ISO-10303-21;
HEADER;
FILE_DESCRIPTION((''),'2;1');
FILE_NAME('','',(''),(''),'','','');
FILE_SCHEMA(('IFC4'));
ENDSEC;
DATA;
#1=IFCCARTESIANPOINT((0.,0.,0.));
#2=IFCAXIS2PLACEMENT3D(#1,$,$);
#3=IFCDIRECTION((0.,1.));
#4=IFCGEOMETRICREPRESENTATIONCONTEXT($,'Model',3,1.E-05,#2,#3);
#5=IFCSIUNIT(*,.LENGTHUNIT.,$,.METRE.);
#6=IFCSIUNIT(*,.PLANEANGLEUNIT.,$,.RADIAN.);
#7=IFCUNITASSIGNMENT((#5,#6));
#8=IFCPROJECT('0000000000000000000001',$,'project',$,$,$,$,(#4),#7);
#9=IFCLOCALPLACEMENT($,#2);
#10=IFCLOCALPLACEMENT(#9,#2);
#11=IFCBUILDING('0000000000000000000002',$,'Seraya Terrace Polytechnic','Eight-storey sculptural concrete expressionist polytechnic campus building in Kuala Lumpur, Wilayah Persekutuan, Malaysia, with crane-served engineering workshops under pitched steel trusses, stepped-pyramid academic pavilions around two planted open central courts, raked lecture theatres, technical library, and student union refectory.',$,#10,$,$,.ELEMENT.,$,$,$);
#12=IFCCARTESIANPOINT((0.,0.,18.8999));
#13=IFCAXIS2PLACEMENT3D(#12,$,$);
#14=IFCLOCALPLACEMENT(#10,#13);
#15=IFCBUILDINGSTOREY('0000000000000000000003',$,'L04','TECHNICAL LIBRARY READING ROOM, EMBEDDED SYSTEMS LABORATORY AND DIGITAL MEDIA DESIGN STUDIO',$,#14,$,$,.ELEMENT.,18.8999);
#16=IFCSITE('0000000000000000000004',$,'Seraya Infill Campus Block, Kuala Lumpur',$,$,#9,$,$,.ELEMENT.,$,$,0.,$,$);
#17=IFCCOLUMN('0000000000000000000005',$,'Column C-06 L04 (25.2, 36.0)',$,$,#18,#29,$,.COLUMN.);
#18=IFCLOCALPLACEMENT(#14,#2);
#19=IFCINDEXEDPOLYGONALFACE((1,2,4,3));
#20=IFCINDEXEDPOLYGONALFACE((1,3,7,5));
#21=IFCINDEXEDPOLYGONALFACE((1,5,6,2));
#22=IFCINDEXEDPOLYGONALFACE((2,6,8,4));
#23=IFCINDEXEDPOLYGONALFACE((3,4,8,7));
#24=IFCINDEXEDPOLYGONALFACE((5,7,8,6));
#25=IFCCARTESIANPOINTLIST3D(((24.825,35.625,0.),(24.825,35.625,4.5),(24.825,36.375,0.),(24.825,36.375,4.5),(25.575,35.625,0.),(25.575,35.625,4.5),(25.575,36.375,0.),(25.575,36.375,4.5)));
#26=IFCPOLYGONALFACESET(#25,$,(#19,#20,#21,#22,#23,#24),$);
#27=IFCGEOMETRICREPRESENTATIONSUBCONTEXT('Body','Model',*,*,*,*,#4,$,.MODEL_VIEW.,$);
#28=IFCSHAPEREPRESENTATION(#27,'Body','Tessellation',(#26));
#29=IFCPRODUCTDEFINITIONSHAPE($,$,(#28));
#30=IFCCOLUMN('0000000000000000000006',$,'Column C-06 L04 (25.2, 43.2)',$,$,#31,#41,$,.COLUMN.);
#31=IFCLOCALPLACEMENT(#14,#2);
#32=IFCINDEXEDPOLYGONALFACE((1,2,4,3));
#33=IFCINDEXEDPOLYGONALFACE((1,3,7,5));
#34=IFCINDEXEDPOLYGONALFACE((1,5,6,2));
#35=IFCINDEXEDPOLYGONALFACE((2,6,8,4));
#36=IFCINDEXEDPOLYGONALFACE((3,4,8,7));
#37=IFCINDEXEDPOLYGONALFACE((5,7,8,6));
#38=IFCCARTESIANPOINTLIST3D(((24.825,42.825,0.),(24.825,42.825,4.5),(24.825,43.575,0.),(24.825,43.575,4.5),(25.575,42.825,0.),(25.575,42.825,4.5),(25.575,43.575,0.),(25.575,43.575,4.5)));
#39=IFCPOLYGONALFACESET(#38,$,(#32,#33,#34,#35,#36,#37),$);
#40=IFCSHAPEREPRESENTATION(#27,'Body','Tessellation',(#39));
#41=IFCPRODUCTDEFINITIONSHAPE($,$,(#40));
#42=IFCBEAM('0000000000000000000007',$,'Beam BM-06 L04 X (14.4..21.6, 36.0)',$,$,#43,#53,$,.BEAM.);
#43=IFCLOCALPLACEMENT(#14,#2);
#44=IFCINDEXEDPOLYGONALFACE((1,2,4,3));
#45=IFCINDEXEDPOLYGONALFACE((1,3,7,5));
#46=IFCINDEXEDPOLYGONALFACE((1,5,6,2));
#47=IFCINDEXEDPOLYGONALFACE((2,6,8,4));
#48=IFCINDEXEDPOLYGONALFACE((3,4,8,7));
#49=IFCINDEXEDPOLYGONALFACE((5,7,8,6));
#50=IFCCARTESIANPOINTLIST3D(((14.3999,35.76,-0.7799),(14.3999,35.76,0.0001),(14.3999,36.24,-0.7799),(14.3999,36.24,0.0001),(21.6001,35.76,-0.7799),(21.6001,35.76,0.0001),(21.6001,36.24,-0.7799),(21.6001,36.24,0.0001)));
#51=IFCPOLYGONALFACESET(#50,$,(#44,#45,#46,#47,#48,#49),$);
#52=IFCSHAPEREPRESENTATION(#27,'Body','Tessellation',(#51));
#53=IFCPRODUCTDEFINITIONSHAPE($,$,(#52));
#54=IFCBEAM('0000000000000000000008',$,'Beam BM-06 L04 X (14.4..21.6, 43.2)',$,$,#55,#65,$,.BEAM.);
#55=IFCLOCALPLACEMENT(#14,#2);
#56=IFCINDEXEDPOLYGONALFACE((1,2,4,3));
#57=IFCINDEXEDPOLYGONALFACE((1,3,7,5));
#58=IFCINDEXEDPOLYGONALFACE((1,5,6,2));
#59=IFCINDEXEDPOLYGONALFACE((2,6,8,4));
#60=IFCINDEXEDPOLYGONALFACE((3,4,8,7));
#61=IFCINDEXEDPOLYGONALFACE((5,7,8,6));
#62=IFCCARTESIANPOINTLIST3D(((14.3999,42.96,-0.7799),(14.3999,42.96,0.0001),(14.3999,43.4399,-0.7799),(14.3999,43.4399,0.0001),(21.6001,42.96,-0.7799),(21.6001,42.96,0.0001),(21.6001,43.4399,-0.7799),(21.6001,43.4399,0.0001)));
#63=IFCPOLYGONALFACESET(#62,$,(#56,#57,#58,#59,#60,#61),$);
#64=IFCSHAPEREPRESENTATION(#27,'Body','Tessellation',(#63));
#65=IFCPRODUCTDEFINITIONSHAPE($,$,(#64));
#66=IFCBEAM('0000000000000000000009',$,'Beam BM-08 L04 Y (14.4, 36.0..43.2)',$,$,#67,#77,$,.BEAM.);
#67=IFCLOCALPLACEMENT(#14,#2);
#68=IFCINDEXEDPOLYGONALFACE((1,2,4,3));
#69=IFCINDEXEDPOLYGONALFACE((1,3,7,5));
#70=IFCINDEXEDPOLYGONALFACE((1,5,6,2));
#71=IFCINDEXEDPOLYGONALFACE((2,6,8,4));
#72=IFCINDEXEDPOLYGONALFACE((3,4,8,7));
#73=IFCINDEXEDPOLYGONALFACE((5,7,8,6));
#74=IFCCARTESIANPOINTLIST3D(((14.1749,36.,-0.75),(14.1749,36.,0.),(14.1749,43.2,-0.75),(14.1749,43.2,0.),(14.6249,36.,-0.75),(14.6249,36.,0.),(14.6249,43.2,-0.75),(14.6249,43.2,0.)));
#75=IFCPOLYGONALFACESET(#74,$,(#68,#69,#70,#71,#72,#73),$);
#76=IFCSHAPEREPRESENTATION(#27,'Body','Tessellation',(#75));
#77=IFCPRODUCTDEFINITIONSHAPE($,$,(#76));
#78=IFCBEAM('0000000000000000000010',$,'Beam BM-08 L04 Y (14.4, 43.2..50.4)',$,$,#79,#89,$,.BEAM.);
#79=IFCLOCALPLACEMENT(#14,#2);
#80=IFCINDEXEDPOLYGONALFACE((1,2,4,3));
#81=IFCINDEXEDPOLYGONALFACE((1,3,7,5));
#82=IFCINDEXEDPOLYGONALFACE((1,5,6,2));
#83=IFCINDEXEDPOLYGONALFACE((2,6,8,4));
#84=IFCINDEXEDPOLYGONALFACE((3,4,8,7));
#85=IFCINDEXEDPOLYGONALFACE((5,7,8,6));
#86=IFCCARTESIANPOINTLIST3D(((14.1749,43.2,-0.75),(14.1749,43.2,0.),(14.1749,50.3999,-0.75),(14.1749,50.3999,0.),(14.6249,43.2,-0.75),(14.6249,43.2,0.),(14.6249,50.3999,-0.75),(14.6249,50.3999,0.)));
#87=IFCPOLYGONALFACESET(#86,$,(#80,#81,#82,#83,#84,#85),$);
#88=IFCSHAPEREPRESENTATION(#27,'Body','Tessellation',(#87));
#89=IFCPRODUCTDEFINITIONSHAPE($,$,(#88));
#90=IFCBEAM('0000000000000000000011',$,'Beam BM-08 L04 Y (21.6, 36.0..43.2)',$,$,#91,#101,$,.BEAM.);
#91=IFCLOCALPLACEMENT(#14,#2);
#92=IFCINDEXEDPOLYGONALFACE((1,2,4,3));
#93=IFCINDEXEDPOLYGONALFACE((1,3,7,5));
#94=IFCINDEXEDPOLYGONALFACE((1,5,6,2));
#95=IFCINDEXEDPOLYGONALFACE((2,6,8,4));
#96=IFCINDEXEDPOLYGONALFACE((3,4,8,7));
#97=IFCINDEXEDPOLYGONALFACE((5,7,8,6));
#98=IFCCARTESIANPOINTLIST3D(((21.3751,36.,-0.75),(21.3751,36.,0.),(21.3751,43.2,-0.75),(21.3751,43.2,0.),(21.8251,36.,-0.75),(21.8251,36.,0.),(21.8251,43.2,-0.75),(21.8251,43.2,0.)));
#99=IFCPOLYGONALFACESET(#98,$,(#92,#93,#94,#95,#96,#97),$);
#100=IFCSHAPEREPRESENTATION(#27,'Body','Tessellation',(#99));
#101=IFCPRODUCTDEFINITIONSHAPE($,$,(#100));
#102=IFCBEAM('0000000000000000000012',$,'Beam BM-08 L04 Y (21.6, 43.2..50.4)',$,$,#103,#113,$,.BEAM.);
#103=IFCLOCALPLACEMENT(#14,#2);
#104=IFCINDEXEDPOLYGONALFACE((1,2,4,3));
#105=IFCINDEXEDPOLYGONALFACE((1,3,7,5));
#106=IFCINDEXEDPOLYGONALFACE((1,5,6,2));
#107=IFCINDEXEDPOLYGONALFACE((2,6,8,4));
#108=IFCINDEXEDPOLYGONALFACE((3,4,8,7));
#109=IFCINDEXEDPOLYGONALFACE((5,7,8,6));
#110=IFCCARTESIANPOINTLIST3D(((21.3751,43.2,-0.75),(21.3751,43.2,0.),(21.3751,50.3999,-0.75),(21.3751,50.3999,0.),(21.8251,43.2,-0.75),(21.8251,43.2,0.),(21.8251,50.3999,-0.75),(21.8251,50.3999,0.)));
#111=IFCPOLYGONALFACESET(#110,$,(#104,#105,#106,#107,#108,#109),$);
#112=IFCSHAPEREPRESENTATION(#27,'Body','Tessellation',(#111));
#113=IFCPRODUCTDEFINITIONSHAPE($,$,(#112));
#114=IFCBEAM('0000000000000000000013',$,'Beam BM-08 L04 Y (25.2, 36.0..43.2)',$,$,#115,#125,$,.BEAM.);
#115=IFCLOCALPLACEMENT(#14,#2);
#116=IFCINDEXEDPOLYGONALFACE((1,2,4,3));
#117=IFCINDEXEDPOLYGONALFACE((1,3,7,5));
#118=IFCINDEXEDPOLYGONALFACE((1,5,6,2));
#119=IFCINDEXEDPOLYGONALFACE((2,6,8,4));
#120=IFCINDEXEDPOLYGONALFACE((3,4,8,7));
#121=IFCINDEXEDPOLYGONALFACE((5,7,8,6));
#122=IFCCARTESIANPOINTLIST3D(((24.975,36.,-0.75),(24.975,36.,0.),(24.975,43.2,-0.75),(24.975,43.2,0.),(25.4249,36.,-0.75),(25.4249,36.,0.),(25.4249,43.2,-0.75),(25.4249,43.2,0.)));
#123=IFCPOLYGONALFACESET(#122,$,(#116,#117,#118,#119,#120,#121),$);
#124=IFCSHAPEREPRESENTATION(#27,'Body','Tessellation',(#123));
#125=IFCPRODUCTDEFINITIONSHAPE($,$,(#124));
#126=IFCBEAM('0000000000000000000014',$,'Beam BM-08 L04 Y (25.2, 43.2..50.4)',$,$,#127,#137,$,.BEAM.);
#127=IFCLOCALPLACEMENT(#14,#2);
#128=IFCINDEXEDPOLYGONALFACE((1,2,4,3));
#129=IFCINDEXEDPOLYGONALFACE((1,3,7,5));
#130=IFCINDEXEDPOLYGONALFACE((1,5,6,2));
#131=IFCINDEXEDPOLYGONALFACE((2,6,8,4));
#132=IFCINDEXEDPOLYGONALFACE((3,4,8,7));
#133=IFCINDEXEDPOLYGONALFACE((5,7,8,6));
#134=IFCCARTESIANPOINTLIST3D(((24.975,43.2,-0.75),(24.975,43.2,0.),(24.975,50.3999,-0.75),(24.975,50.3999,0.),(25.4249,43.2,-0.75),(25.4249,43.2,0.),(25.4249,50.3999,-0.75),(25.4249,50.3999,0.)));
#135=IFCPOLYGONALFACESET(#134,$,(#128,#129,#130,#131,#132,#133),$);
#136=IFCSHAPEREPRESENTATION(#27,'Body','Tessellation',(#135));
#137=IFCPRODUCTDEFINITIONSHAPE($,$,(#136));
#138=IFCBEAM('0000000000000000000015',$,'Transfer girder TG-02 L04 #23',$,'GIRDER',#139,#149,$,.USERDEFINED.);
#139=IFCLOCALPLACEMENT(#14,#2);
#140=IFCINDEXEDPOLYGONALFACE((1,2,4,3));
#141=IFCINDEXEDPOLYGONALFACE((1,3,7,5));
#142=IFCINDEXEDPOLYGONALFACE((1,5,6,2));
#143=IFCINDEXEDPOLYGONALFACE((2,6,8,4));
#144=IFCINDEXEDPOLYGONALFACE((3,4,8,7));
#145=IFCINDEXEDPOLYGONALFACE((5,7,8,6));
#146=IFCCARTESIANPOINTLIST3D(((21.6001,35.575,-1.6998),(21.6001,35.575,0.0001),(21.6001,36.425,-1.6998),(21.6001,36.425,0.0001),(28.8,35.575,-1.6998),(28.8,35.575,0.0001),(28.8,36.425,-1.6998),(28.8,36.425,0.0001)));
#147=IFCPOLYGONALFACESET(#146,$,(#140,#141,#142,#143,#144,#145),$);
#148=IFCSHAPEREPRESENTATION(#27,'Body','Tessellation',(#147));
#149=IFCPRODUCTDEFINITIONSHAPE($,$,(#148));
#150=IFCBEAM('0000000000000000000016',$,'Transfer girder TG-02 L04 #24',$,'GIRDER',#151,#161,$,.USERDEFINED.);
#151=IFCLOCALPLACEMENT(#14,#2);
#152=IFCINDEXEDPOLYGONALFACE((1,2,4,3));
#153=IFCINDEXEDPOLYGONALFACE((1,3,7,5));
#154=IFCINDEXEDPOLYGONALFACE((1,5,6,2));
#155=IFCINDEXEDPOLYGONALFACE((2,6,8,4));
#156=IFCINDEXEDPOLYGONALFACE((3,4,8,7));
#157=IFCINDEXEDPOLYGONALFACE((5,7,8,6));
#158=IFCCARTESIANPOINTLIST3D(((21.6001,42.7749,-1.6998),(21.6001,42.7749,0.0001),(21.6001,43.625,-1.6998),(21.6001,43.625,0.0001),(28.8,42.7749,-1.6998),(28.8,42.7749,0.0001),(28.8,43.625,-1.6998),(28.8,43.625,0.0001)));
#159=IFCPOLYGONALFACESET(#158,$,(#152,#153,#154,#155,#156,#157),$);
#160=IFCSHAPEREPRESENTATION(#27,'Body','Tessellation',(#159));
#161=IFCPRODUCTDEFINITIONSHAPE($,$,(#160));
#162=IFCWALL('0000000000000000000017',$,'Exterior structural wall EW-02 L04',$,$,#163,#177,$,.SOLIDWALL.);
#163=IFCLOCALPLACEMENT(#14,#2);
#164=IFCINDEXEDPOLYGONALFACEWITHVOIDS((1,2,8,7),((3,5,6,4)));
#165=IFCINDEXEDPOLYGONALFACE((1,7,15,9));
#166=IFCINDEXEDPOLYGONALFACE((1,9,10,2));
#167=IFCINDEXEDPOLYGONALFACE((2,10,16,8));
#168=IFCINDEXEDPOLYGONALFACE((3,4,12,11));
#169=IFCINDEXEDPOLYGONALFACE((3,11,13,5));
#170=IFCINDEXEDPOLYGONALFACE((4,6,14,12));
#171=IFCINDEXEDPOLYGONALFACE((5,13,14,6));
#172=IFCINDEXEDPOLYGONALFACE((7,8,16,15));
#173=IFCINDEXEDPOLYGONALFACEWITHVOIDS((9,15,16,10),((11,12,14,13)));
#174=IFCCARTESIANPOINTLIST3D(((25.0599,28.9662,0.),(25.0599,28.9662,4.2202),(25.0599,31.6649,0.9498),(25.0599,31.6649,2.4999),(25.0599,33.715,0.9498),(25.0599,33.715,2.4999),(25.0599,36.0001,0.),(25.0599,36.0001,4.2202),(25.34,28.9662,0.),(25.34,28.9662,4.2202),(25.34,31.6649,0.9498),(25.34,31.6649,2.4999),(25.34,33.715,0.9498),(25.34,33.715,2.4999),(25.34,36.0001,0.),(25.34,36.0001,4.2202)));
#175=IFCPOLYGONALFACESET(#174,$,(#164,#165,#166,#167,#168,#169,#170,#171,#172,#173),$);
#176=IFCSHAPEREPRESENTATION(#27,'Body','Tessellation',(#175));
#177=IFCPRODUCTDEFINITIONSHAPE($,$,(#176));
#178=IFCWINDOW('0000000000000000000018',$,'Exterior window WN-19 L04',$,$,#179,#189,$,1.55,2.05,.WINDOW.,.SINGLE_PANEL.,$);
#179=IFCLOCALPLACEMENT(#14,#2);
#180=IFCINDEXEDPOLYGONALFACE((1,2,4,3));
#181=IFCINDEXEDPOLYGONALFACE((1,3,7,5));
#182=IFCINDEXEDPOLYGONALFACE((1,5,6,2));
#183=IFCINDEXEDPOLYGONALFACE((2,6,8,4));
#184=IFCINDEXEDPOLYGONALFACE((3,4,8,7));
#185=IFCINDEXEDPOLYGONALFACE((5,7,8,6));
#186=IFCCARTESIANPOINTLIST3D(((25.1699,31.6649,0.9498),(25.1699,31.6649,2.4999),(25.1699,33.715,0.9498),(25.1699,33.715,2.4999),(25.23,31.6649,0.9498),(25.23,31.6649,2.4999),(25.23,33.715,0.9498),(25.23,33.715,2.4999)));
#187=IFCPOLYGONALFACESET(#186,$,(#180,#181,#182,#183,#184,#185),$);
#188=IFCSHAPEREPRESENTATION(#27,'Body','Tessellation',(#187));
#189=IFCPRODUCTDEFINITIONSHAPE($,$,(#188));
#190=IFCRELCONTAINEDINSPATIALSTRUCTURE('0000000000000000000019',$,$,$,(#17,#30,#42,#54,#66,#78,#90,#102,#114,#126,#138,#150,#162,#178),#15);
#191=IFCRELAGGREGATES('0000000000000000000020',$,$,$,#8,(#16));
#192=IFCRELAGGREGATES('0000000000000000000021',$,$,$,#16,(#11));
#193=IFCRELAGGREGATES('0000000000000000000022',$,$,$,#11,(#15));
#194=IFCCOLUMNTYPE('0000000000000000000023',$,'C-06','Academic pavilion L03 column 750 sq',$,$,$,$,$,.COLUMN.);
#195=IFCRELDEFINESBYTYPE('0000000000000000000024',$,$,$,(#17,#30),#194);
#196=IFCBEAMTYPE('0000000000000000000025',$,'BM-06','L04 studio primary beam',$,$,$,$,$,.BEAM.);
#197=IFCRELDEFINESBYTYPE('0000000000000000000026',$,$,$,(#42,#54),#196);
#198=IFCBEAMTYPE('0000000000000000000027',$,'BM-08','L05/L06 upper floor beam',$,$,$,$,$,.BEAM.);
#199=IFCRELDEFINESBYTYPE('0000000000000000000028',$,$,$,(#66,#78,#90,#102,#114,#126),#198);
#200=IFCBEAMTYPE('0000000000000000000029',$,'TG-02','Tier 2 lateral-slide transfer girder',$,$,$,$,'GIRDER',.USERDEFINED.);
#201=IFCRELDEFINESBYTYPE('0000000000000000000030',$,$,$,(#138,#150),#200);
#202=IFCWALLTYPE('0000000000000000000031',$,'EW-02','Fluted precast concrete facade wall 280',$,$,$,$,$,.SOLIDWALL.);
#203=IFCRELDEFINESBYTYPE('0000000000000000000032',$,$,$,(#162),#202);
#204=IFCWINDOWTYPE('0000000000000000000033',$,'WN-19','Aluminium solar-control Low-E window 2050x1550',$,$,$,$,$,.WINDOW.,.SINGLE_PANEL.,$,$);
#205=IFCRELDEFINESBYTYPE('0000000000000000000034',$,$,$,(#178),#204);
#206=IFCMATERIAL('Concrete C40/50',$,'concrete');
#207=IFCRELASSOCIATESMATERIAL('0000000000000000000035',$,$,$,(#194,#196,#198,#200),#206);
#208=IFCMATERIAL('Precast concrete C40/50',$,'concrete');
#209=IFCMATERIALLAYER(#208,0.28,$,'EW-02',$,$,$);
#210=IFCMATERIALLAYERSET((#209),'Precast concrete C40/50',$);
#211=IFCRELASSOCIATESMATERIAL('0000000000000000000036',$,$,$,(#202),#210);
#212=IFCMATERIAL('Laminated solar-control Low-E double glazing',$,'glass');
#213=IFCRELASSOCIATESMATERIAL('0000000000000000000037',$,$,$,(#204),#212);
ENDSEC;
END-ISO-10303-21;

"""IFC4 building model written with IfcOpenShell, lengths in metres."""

from ifc_helpers import new_model, si_unit, direction, frame, frame_2d, origin, origin_2d, place, context, subcontext, project, spatial, rectangle, extrude, material, layer, layer_set, material_profile, profile_set, type_object, element, fill, save


model = new_model("IFC4")

# Units and contexts
model_context = context("Model", 3, precision=1e-05, world=origin(), true_north=direction((0.0, 1.0)))
body_context = subcontext(model_context, "Body", "Model", "MODEL_VIEW")
ifc_project = project(units=[si_unit("LENGTHUNIT", "METRE"), si_unit("PLANEANGLEUNIT", "RADIAN")], contexts=[model_context])

# Site, building, storey
site_placement = place(None, origin())
site = spatial("IfcSite", under=ifc_project, at=site_placement, Name="Seraya Infill Campus Block, Kuala Lumpur", CompositionType="ELEMENT", RefElevation=0.0)
building_placement = place(site_placement, origin())
building = spatial("IfcBuilding", under=site, at=building_placement, Name="Seraya Terrace Polytechnic", Description="Eight-storey sculptural concrete expressionist polytechnic campus building in Kuala Lumpur, Wilayah Persekutuan, Malaysia, with crane-served engineering workshops under pitched steel trusses, stepped-pyramid academic pavilions around two planted open central courts, raked lecture theatres, technical library, and student union refectory.", CompositionType="ELEMENT")
storey_placement = place(building_placement, frame((0.0, 0.0, 18.8999)))
storey = spatial("IfcBuildingStorey", under=building, at=storey_placement, Name="L04", Description="TECHNICAL LIBRARY READING ROOM, EMBEDDED SYSTEMS LABORATORY AND DIGITAL MEDIA DESIGN STUDIO", CompositionType="ELEMENT", Elevation=18.8999)

# Columns
ifc_material_1 = material(Name="Concrete C40/50", Category="concrete")
ifc_material_profile_1 = material_profile(ifc_material_1, rectangle(XDim=0.75, YDim=0.75, at=origin_2d()), Name="RC 750x750")
ifc_profile_set_1 = profile_set([ifc_material_profile_1], Name="Concrete C40/50")
column_type = type_object("IfcColumnType", Name="C-06", Description="Academic pavilion L03 column 750 sq", PredefinedType="COLUMN", material=ifc_profile_set_1)
for number, where, z_axis, x_axis, name in (
    (1, (25.2, 36.0, 0.0), (0.0, 0.0, 1.0), (1.0, 0.0, 0.0), "Column C-06 L04 (25.2, 36.0)"),
    (2, (25.2, 43.2, 0.0), (0.0, 0.0, 1.0), (1.0, 0.0, 0.0), "Column C-06 L04 (25.2, 43.2)"),
):
    element("IfcColumn", number, at=place(storey_placement, frame(where, z_axis=z_axis, x_axis=x_axis)), inside=storey, type_object=column_type, Name=name, PredefinedType="COLUMN", context=body_context, shape_type="SweptSolid", body=[
        extrude(rectangle(XDim=0.75, YDim=0.75, at=origin_2d()), origin(), (0.0, 0.0, 1.0), 4.5),
    ])

# Beams
ifc_material_profile_2 = material_profile(ifc_material_1, rectangle(XDim=0.48, YDim=0.78, at=origin_2d()), Name="RC 480x780")
ifc_profile_set_2 = profile_set([ifc_material_profile_2], Name="Concrete C40/50")
beam_type_1 = type_object("IfcBeamType", Name="BM-06", Description="L04 studio primary beam", PredefinedType="BEAM", material=ifc_profile_set_2)
for number, where, z_axis, x_axis, name in (
    (3, (14.3999, 36.0, -0.3899), (1.0, 0.0, 0.0), (0.0, 1.0, 0.0), "Beam BM-06 L04 X (14.4..21.6, 36.0)"),
    (4, (14.3999, 43.2, -0.3899), (1.0, 0.0, 0.0), (0.0, 1.0, 0.0), "Beam BM-06 L04 X (14.4..21.6, 43.2)"),
):
    element("IfcBeam", number, at=place(storey_placement, frame(where, z_axis=z_axis, x_axis=x_axis)), inside=storey, type_object=beam_type_1, Name=name, PredefinedType="BEAM", context=body_context, shape_type="SweptSolid", body=[
        extrude(rectangle(XDim=0.48, YDim=0.78, at=origin_2d()), origin(), (0.0, 0.0, 1.0), 7.2002),
    ])
ifc_material_profile_3 = material_profile(ifc_material_1, rectangle(XDim=0.45, YDim=0.75, at=origin_2d()), Name="RC 450x750")
ifc_profile_set_3 = profile_set([ifc_material_profile_3], Name="Concrete C40/50")
beam_type_2 = type_object("IfcBeamType", Name="BM-08", Description="L05/L06 upper floor beam", PredefinedType="BEAM", material=ifc_profile_set_3)
for number, where, z_axis, x_axis, name in (
    (5, (14.3999, 36.0, -0.375), (0.0, 1.0, 0.0), (-1.0, 0.0, 0.0), "Beam BM-08 L04 Y (14.4, 36.0..43.2)"),
    (6, (14.3999, 43.2, -0.375), (0.0, 1.0, 0.0), (-1.0, 0.0, 0.0), "Beam BM-08 L04 Y (14.4, 43.2..50.4)"),
    (7, (21.6001, 36.0, -0.375), (0.0, 1.0, 0.0), (-1.0, 0.0, 0.0), "Beam BM-08 L04 Y (21.6, 36.0..43.2)"),
    (8, (21.6001, 43.2, -0.375), (0.0, 1.0, 0.0), (-1.0, 0.0, 0.0), "Beam BM-08 L04 Y (21.6, 43.2..50.4)"),
    (9, (25.2, 36.0, -0.375), (0.0, 1.0, 0.0), (-1.0, 0.0, 0.0), "Beam BM-08 L04 Y (25.2, 36.0..43.2)"),
    (10, (25.2, 43.2, -0.375), (0.0, 1.0, 0.0), (-1.0, 0.0, 0.0), "Beam BM-08 L04 Y (25.2, 43.2..50.4)"),
):
    element("IfcBeam", number, at=place(storey_placement, frame(where, z_axis=z_axis, x_axis=x_axis)), inside=storey, type_object=beam_type_2, Name=name, PredefinedType="BEAM", context=body_context, shape_type="SweptSolid", body=[
        extrude(rectangle(XDim=0.45, YDim=0.75, at=origin_2d()), origin(), (0.0, 0.0, 1.0), 7.2),
    ])
ifc_material_profile_4 = material_profile(ifc_material_1, rectangle(XDim=0.8501, YDim=1.7, at=origin_2d()), Name="RC 850x1700")
ifc_profile_set_4 = profile_set([ifc_material_profile_4], Name="Concrete C40/50")
beam_type_3 = type_object("IfcBeamType", Name="TG-02", Description="Tier 2 lateral-slide transfer girder", ElementType="GIRDER", PredefinedType="USERDEFINED", material=ifc_profile_set_4)
for number, where, z_axis, x_axis, name in (
    (11, (21.6001, 36.0, -0.8499), (1.0, 0.0, 0.0), (0.0, 1.0, 0.0), "Transfer girder TG-02 L04 #23"),
    (12, (21.6001, 43.2, -0.8499), (1.0, 0.0, 0.0), (0.0, 1.0, 0.0), "Transfer girder TG-02 L04 #24"),
):
    element("IfcBeam", number, at=place(storey_placement, frame(where, z_axis=z_axis, x_axis=x_axis)), inside=storey, type_object=beam_type_3, Name=name, ObjectType="GIRDER", PredefinedType="USERDEFINED", context=body_context, shape_type="SweptSolid", body=[
        extrude(rectangle(XDim=0.8501, YDim=1.7, at=origin_2d()), origin(), (0.0, 0.0, 1.0), 7.2),
    ])

# Wall, opening, window
ifc_material_2 = material(Name="Precast concrete C40/50", Category="concrete")
ifc_layer_1 = layer(ifc_material_2, 0.28, Name="EW-02")
ifc_layer_set_1 = layer_set([ifc_layer_1], Name="Precast concrete C40/50")
wall_type_1 = type_object("IfcWallType", Name="EW-02", Description="Fluted precast concrete facade wall 280", PredefinedType="SOLIDWALL", material=ifc_layer_set_1)
wall_1_placement = place(storey_placement, frame((25.2, 28.9661, 0.0), z_axis=(0.0, 0.0, 1.0), x_axis=(0.0, 1.0, 0.0)))
wall_1 = element("IfcWall", 13, at=wall_1_placement, inside=storey, type_object=wall_type_1, Name="Exterior structural wall EW-02 L04", PredefinedType="SOLIDWALL", context=body_context, shape_type="SweptSolid", body=[
    extrude(rectangle(XDim=7.0339, YDim=0.28, at=frame_2d((3.5171, 0.0))), origin(), (0.0, 0.0, 1.0), 4.2202),
])
opening_1_placement = place(wall_1_placement, frame((2.699, 0.0, 0.95)))
opening_1 = element("IfcOpeningElement", 14, at=opening_1_placement, cuts=wall_1, PredefinedType="OPENING", context=body_context, shape_type="SweptSolid", body=[
    extrude(rectangle(XDim=2.05, YDim=1.55, at=frame_2d((1.0249, 0.7749))), frame((0.0, 0.1519, 0.0), z_axis=(0.0, -1.0, 0.0), x_axis=(1.0, 0.0, 0.0)), (0.0, 0.0, 1.0), 0.304),
])
ifc_material_3 = material(Name="Laminated solar-control Low-E double glazing", Category="glass")
window_type = type_object("IfcWindowType", Name="WN-19", Description="Aluminium solar-control Low-E window 2050x1550", PartitioningType="SINGLE_PANEL", PredefinedType="WINDOW", material=ifc_material_3)
window_placement = place(opening_1_placement, origin())
window = element("IfcWindow", 15, at=window_placement, inside=storey, type_object=window_type, Name="Exterior window WN-19 L04", OverallHeight=1.55, OverallWidth=2.05, PartitioningType="SINGLE_PANEL", PredefinedType="WINDOW", context=body_context, shape_type="SweptSolid", body=[
    extrude(rectangle(XDim=2.05, YDim=1.55, at=frame_2d((1.0249, 0.7749))), frame((0.0, 0.03, 0.0), z_axis=(0.0, -1.0, 0.0), x_axis=(1.0, 0.0, 0.0)), (0.0, 0.0, 1.0), 0.0601),
])
fill(opening_1, window)

save(model, "model.ifc")
